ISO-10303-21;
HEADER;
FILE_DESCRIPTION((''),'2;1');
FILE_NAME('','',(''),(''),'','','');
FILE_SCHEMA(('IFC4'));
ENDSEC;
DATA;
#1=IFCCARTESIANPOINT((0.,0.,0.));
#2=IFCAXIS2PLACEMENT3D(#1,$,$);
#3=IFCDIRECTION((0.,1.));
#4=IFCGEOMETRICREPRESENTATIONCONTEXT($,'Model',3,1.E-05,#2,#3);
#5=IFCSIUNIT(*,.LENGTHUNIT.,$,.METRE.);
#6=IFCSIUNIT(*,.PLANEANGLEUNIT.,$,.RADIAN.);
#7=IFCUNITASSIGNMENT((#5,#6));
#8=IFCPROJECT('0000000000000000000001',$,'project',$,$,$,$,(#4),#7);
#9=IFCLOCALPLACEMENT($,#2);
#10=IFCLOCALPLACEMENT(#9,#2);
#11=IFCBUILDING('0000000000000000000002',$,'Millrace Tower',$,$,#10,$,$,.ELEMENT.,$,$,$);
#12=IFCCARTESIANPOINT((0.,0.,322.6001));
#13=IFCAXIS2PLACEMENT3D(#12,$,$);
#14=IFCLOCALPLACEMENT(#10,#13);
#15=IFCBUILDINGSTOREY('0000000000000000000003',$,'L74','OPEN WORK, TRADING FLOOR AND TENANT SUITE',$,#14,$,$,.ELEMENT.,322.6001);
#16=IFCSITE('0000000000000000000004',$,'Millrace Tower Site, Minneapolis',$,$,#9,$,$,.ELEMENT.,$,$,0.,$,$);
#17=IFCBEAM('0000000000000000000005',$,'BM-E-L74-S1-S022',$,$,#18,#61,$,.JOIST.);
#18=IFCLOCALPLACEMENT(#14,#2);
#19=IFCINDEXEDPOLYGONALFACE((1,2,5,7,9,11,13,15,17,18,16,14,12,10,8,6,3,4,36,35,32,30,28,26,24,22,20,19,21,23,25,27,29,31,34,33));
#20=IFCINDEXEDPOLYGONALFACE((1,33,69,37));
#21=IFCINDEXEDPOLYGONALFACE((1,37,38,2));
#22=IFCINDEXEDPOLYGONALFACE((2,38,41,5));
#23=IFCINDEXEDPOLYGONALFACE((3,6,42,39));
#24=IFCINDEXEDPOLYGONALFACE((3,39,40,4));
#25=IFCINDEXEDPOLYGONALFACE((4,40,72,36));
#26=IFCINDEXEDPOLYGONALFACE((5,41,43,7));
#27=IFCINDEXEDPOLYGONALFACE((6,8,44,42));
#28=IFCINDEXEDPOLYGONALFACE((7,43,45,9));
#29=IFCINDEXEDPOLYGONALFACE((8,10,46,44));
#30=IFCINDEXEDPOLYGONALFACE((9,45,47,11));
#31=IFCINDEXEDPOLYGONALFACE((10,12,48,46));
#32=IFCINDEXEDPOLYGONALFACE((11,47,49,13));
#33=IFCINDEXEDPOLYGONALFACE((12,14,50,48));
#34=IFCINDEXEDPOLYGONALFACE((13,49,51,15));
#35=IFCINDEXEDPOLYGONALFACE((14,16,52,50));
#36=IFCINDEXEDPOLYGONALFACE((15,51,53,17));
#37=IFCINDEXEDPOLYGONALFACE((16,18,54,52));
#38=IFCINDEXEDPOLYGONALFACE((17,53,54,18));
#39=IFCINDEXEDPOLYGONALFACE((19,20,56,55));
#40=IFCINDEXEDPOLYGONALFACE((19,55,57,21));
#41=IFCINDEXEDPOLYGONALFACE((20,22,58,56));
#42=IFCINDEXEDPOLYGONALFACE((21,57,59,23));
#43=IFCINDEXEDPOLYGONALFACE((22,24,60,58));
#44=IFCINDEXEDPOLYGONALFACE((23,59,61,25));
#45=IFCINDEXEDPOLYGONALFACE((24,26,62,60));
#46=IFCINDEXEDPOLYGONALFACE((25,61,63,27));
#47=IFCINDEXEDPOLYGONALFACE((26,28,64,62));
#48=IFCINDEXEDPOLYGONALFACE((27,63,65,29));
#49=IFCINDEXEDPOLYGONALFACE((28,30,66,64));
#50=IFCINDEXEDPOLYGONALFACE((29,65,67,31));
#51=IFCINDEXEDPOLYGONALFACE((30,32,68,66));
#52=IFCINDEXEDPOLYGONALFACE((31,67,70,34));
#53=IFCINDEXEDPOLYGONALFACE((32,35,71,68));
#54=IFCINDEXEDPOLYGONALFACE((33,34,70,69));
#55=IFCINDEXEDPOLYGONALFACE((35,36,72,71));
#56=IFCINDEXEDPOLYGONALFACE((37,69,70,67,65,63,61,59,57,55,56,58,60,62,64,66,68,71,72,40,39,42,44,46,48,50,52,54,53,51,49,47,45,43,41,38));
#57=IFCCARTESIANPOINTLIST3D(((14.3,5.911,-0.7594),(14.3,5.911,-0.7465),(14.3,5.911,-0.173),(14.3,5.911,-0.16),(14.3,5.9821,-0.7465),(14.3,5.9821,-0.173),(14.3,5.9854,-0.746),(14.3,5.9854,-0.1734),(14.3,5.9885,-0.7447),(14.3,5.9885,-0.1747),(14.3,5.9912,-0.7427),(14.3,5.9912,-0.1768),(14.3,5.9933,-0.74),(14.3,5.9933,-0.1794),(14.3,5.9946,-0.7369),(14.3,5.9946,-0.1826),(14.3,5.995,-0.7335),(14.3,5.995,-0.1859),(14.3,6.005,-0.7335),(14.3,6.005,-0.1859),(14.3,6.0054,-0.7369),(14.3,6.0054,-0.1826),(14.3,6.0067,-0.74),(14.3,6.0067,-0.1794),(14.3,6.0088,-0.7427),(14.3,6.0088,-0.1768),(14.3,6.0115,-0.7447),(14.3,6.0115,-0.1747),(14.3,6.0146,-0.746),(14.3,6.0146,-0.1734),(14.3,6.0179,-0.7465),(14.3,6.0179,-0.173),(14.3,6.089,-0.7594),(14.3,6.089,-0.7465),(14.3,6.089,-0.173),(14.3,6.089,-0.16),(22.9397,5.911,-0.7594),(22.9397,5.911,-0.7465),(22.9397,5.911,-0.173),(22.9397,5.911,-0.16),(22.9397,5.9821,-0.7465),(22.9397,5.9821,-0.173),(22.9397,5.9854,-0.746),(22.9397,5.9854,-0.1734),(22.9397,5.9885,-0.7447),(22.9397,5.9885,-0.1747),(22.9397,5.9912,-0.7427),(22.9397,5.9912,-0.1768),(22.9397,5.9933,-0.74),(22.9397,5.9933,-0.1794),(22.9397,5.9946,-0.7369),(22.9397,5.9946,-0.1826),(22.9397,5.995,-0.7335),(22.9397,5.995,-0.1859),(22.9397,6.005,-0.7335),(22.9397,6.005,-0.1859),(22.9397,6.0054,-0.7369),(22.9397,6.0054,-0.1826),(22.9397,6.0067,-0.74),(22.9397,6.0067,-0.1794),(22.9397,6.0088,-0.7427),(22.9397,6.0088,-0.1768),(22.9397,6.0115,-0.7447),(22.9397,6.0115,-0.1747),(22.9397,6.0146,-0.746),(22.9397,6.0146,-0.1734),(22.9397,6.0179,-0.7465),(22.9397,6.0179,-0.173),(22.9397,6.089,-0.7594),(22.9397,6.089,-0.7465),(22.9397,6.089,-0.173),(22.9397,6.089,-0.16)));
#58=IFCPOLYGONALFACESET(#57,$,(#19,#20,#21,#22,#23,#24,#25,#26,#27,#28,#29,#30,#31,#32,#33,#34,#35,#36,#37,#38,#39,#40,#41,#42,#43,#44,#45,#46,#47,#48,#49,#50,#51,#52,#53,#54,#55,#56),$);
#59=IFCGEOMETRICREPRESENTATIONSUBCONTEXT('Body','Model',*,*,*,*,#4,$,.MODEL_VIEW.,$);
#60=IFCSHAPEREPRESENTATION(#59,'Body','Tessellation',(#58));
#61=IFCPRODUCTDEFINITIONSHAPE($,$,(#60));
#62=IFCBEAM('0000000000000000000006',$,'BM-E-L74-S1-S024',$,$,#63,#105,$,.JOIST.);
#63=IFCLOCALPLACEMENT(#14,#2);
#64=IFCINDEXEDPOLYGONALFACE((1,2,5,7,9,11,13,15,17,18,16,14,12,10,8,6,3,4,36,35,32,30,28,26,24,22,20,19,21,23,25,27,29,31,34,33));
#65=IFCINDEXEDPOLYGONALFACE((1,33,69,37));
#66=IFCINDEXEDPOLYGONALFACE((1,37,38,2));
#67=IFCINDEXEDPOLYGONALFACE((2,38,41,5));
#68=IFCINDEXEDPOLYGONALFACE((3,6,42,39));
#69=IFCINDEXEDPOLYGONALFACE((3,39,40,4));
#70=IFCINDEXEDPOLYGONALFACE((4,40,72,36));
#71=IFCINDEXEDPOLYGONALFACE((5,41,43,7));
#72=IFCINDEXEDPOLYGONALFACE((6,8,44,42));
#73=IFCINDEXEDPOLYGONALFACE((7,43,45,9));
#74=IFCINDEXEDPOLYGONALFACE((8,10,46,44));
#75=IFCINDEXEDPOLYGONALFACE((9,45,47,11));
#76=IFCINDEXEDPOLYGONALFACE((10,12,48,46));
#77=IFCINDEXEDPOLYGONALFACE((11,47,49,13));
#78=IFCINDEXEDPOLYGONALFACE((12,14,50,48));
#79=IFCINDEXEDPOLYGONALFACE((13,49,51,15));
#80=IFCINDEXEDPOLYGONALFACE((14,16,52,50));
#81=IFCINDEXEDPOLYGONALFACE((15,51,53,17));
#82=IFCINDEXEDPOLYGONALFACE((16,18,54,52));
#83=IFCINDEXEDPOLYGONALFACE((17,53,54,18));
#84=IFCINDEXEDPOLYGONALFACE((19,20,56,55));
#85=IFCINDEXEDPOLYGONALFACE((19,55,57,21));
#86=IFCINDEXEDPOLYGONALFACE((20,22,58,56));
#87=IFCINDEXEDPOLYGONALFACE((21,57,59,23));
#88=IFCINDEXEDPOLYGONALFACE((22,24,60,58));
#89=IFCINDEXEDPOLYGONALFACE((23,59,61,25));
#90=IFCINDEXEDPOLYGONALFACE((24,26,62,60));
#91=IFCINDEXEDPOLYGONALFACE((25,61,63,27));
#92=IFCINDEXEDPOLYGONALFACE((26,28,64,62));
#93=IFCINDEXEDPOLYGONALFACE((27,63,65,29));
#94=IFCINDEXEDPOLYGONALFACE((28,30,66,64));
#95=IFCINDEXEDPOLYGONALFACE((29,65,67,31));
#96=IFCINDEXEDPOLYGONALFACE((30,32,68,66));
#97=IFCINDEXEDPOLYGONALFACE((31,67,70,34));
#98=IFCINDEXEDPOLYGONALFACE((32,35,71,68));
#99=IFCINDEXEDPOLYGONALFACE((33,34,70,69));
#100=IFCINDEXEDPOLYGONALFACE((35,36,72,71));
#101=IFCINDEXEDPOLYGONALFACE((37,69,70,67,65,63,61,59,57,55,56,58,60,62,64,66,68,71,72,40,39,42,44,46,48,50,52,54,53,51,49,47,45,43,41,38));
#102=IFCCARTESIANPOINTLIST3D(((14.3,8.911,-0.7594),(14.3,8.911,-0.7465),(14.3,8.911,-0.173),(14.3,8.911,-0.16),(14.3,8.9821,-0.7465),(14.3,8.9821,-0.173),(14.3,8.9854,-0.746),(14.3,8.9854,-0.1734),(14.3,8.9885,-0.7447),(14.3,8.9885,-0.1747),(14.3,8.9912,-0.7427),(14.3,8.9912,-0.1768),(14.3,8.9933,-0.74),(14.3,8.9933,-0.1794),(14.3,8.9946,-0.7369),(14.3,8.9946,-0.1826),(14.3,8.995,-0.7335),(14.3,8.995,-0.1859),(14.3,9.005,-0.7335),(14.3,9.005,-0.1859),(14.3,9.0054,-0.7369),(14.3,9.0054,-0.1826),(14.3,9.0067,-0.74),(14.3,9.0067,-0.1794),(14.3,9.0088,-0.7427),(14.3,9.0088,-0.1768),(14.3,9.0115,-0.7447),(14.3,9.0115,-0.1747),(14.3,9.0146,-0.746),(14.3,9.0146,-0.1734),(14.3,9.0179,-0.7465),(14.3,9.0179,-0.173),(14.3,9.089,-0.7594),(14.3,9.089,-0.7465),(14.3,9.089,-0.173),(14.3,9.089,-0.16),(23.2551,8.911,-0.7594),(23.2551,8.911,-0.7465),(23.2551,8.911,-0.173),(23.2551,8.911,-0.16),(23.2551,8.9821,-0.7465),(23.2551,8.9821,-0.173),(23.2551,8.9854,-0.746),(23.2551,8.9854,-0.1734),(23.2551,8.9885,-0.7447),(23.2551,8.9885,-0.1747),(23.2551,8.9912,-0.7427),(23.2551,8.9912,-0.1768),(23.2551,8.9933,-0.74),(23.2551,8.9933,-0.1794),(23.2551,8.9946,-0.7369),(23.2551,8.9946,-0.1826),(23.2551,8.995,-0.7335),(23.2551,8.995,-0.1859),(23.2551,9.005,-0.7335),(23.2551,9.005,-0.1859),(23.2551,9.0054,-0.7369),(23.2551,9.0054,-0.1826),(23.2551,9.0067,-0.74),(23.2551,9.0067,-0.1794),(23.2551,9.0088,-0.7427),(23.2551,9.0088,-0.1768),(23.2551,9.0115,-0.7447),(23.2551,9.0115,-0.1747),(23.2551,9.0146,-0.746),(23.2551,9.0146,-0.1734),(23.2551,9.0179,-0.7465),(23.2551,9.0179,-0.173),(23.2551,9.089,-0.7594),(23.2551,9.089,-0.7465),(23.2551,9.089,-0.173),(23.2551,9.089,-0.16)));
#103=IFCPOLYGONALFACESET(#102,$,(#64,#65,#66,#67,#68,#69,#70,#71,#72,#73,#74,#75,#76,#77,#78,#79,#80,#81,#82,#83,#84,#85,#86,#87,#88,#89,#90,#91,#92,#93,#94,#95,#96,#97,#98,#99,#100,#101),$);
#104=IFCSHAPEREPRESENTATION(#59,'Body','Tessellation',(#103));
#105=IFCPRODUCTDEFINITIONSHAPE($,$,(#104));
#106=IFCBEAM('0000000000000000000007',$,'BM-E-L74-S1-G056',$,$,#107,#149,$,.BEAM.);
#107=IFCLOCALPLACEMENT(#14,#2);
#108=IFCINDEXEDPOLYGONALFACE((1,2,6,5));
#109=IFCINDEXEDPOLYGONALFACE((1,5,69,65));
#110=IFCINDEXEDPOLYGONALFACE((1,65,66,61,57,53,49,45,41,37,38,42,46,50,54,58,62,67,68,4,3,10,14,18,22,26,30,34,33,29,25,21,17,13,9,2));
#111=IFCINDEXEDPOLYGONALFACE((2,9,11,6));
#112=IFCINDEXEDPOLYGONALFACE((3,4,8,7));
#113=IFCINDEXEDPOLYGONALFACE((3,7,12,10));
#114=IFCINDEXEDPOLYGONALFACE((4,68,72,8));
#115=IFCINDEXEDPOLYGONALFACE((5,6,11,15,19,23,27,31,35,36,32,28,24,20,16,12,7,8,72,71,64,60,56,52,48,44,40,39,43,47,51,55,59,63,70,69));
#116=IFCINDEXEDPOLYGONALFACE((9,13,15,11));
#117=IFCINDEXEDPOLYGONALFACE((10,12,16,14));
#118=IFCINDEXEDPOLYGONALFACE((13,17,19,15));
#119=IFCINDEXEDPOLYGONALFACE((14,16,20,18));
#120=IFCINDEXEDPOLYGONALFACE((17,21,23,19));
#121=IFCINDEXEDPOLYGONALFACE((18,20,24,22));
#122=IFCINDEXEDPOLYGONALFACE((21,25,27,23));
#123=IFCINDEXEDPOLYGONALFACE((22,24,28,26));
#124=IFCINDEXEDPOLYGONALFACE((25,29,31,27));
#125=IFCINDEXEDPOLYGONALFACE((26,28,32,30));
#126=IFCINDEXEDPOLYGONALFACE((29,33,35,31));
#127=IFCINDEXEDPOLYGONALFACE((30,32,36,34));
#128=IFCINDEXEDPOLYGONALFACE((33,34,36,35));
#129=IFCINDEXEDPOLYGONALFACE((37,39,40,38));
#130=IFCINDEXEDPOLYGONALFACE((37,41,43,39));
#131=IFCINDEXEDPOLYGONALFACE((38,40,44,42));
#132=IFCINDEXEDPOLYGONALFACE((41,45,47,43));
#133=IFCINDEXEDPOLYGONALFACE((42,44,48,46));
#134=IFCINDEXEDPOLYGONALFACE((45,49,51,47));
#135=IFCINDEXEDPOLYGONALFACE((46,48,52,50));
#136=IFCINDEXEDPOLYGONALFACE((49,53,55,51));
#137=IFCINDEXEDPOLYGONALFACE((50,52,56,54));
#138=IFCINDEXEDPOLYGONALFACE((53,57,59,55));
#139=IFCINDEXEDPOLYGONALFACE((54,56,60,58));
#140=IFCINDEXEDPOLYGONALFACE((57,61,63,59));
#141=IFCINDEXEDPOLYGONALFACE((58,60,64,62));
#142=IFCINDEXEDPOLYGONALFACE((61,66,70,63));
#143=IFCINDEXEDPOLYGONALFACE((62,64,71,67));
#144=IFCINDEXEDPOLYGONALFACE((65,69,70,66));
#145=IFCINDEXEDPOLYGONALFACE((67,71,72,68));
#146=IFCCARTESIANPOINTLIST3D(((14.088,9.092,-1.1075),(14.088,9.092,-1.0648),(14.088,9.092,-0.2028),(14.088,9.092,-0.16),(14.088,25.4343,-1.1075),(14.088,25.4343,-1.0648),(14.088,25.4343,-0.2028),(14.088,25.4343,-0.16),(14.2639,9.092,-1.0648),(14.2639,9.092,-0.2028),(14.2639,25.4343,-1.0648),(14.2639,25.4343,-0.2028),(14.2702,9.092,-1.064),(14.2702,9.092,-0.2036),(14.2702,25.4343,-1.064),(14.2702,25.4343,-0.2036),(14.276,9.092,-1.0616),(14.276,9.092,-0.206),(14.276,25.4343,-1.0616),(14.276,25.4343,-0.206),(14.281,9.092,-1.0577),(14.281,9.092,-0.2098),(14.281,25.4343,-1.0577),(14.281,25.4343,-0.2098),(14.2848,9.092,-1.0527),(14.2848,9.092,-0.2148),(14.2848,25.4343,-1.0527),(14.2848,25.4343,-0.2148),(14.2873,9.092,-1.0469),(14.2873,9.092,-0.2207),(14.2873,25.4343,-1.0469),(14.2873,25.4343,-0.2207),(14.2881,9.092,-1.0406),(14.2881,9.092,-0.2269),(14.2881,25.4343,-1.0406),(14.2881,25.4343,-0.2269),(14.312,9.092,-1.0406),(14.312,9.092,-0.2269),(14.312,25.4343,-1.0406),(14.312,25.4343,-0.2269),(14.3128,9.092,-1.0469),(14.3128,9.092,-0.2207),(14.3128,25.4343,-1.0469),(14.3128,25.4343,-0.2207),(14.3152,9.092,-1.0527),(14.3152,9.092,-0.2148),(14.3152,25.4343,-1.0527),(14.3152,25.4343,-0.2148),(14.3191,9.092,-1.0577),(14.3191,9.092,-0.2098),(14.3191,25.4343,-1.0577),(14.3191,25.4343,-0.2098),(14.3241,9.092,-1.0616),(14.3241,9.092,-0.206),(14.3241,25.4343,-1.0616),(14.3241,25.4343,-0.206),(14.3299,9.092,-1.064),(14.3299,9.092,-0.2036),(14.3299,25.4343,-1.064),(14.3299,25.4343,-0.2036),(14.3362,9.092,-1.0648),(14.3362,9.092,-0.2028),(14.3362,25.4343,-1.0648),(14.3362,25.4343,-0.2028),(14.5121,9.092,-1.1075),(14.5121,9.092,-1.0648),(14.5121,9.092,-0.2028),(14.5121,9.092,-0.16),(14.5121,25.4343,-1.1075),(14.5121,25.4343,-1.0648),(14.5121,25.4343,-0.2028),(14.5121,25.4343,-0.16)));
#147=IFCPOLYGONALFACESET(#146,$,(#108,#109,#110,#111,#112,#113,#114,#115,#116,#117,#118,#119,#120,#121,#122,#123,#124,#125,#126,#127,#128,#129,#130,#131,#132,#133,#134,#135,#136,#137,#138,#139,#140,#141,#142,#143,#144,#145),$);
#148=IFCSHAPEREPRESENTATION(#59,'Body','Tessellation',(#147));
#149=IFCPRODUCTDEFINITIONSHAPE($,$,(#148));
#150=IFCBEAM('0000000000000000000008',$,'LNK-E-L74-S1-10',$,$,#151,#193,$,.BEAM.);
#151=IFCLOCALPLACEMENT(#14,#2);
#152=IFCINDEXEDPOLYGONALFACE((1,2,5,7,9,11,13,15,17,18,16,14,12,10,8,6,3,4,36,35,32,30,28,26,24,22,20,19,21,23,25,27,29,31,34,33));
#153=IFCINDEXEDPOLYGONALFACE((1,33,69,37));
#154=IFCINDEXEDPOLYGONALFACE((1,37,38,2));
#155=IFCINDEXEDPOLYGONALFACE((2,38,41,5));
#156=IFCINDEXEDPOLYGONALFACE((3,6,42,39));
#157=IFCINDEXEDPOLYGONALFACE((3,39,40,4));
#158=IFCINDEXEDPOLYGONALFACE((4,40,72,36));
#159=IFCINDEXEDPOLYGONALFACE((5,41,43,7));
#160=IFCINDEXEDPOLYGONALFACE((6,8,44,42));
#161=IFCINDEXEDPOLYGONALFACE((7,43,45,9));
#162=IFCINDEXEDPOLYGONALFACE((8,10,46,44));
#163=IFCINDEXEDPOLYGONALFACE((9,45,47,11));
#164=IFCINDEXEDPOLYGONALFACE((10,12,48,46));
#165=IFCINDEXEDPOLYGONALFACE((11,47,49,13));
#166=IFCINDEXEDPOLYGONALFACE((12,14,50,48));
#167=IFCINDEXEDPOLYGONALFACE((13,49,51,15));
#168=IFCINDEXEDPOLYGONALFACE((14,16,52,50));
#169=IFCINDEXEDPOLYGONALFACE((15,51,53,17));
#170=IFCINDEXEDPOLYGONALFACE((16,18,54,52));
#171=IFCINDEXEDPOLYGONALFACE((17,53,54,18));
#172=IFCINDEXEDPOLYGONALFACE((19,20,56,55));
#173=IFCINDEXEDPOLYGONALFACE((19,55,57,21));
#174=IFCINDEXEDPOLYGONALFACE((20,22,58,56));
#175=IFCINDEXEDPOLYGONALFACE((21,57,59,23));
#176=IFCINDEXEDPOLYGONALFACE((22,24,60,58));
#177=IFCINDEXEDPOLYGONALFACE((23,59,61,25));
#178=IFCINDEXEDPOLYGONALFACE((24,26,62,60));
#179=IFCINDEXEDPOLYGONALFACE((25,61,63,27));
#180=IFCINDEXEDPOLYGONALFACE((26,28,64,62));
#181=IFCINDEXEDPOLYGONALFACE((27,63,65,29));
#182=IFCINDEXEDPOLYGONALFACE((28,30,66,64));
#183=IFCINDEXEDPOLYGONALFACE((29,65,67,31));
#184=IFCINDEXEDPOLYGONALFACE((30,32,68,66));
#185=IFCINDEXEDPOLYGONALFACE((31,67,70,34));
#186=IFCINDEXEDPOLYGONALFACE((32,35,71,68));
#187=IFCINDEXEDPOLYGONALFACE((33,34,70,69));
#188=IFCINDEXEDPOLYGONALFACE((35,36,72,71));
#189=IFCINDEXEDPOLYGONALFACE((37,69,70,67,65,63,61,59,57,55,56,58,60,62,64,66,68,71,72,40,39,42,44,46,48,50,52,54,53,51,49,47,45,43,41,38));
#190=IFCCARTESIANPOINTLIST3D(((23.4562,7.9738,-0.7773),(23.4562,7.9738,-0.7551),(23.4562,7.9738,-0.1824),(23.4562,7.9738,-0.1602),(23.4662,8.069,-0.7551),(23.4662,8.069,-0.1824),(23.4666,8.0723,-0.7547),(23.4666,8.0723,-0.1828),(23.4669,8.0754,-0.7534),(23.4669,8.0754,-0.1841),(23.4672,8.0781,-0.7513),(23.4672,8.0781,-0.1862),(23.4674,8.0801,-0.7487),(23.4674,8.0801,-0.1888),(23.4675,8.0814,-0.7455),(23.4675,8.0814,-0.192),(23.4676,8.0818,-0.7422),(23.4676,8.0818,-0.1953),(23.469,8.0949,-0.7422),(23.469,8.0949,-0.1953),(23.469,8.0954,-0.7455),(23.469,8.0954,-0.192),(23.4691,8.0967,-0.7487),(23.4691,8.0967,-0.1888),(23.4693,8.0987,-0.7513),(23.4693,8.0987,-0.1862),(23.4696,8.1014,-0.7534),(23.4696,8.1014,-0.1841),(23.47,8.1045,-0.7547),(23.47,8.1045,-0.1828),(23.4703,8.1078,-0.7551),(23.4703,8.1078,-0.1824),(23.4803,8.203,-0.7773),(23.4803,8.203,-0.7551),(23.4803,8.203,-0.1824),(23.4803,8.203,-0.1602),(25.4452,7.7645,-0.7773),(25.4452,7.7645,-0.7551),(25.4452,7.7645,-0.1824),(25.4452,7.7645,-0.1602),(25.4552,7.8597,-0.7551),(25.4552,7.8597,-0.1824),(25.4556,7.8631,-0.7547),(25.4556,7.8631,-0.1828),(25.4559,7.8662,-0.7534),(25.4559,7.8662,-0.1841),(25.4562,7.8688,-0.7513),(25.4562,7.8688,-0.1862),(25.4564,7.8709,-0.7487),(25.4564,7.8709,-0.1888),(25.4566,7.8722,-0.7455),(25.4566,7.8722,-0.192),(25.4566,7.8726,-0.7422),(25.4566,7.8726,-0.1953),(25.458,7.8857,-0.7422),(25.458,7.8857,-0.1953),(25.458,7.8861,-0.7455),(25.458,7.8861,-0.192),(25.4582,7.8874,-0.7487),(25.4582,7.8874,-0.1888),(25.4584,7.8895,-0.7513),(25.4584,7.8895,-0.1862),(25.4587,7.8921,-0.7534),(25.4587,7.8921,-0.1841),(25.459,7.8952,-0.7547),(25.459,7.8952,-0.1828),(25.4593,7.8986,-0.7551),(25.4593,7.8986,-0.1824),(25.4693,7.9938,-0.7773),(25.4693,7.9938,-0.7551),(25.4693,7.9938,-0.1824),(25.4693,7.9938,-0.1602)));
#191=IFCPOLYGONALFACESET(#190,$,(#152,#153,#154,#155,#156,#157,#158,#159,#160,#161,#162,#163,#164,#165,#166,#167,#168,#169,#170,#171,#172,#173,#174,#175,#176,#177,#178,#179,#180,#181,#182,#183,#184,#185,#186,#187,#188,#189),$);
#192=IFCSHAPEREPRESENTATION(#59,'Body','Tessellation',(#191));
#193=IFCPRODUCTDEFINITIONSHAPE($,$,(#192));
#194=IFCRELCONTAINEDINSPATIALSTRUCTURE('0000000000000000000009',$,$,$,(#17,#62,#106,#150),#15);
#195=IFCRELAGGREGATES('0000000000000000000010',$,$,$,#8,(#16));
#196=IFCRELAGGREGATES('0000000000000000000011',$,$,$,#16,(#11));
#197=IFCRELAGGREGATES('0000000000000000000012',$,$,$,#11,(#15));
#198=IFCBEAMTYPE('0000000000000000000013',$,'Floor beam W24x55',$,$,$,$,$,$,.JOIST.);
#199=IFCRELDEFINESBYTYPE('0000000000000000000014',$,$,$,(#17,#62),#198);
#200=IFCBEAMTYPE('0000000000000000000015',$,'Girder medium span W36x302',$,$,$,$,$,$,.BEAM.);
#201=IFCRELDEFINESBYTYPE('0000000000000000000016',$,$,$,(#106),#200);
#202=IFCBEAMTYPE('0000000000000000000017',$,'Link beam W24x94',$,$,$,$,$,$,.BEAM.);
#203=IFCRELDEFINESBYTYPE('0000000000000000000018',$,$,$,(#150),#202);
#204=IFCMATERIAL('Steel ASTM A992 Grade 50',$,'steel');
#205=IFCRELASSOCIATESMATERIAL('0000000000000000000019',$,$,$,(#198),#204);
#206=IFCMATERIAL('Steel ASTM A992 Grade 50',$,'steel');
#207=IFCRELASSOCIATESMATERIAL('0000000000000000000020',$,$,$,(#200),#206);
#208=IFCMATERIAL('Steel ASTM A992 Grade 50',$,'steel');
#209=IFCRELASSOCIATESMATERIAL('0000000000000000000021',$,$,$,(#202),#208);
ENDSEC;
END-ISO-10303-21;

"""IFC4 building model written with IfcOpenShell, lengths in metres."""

from ifc_helpers import new_model, si_unit, direction, frame, origin, origin_2d, place, context, subcontext, project, spatial, i_section, extrude, material, material_profile, profile_set, type_object, element, save


model = new_model("IFC4")

# Units and contexts
model_context = context("Model", 3, precision=1e-05, world=origin(), true_north=direction((0.0, 1.0)))
body_context = subcontext(model_context, "Body", "Model", "MODEL_VIEW")
ifc_project = project(units=[si_unit("LENGTHUNIT", "METRE"), si_unit("PLANEANGLEUNIT", "RADIAN")], contexts=[model_context])

# Site, building, storey
site_placement = place(None, origin())
site = spatial("IfcSite", under=ifc_project, at=site_placement, Name="Millrace Tower Site, Minneapolis", CompositionType="ELEMENT", RefElevation=0.0)
building_placement = place(site_placement, origin())
building = spatial("IfcBuilding", under=site, at=building_placement, Name="Millrace Tower", CompositionType="ELEMENT")
storey_placement = place(building_placement, frame((0.0, 0.0, 322.6001)))
storey = spatial("IfcBuildingStorey", under=building, at=storey_placement, Name="L74", Description="OPEN WORK, TRADING FLOOR AND TENANT SUITE", CompositionType="ELEMENT", Elevation=322.6001)

# Beams
ifc_material_1 = material(Name="Steel ASTM A992 Grade 50", Category="steel")
ifc_material_profile_1 = material_profile(ifc_material_1, i_section(OverallWidth=0.178, OverallDepth=0.5994, WebThickness=0.01, FlangeThickness=0.0129, FilletRadius=0.0129, at=origin_2d()))
ifc_profile_set_1 = profile_set([ifc_material_profile_1], Name="Steel ASTM A992 Grade 50")
beam_type_1 = type_object("IfcBeamType", Name="Floor beam W24x55", PredefinedType="JOIST", material=ifc_profile_set_1)
beam_1_placement = place(storey_placement, frame((14.3, 6.0, -0.4597), z_axis=(1.0, 0.0, 0.0), x_axis=(0.0, 1.0, 0.0)))
element("IfcBeam", 1, at=beam_1_placement, inside=storey, type_object=beam_type_1, Name="BM-E-L74-S1-S022", PredefinedType="JOIST", context=body_context, shape_type="SweptSolid", body=[
    extrude(i_section(OverallWidth=0.178, OverallDepth=0.5994, WebThickness=0.01, FlangeThickness=0.0129, FilletRadius=0.0129, at=origin_2d()), origin(), (0.0, 0.0, 1.0), 8.6396),
])
beam_2_placement = place(storey_placement, frame((14.3, 9.0, -0.4597), z_axis=(1.0, 0.0, 0.0), x_axis=(0.0, 1.0, 0.0)))
element("IfcBeam", 2, at=beam_2_placement, inside=storey, type_object=beam_type_1, Name="BM-E-L74-S1-S024", PredefinedType="JOIST", context=body_context, shape_type="SweptSolid", body=[
    extrude(i_section(OverallWidth=0.178, OverallDepth=0.5994, WebThickness=0.01, FlangeThickness=0.0129, FilletRadius=0.0129, at=origin_2d()), origin(), (0.0, 0.0, 1.0), 8.9551),
])
ifc_material_2 = material(Name="Steel ASTM A992 Grade 50", Category="steel")
ifc_material_profile_2 = material_profile(ifc_material_2, i_section(OverallWidth=0.4241, OverallDepth=0.9475, WebThickness=0.0239, FlangeThickness=0.0427, FilletRadius=0.0242, at=origin_2d()))
ifc_profile_set_2 = profile_set([ifc_material_profile_2], Name="Steel ASTM A992 Grade 50")
beam_type_2 = type_object("IfcBeamType", Name="Girder medium span W36x302", PredefinedType="BEAM", material=ifc_profile_set_2)
beam_3_placement = place(storey_placement, frame((14.3, 9.092, -0.6338), z_axis=(0.0, 1.0, 0.0), x_axis=(-1.0, 0.0, 0.0)))
element("IfcBeam", 3, at=beam_3_placement, inside=storey, type_object=beam_type_2, Name="BM-E-L74-S1-G056", PredefinedType="BEAM", context=body_context, shape_type="SweptSolid", body=[
    extrude(i_section(OverallWidth=0.4241, OverallDepth=0.9475, WebThickness=0.0239, FlangeThickness=0.0427, FilletRadius=0.0242, at=origin_2d()), origin(), (0.0, 0.0, 1.0), 16.3423),
])
ifc_material_3 = material(Name="Steel ASTM A992 Grade 50", Category="steel")
ifc_material_profile_3 = material_profile(ifc_material_3, i_section(OverallWidth=0.2305, OverallDepth=0.6172, WebThickness=0.0132, FlangeThickness=0.0222, FilletRadius=0.0129, at=origin_2d()))
ifc_profile_set_3 = profile_set([ifc_material_profile_3], Name="Steel ASTM A992 Grade 50")
beam_type_3 = type_object("IfcBeamType", Name="Link beam W24x94", PredefinedType="BEAM", material=ifc_profile_set_3)
beam_4_placement = place(storey_placement, frame((23.4683, 8.0884, -0.4688), z_axis=(0.994513, -0.104615, 0.0), x_axis=(0.104615, 0.994513, 0.0)))
element("IfcBeam", 4, at=beam_4_placement, inside=storey, type_object=beam_type_3, Name="LNK-E-L74-S1-10", PredefinedType="BEAM", context=body_context, shape_type="SweptSolid", body=[
    extrude(i_section(OverallWidth=0.2305, OverallDepth=0.6172, WebThickness=0.0132, FlangeThickness=0.0222, FilletRadius=0.0129, at=origin_2d()), origin(), (0.0, 0.0, 1.0), 2.0),
])

save(model, "model.ifc")
